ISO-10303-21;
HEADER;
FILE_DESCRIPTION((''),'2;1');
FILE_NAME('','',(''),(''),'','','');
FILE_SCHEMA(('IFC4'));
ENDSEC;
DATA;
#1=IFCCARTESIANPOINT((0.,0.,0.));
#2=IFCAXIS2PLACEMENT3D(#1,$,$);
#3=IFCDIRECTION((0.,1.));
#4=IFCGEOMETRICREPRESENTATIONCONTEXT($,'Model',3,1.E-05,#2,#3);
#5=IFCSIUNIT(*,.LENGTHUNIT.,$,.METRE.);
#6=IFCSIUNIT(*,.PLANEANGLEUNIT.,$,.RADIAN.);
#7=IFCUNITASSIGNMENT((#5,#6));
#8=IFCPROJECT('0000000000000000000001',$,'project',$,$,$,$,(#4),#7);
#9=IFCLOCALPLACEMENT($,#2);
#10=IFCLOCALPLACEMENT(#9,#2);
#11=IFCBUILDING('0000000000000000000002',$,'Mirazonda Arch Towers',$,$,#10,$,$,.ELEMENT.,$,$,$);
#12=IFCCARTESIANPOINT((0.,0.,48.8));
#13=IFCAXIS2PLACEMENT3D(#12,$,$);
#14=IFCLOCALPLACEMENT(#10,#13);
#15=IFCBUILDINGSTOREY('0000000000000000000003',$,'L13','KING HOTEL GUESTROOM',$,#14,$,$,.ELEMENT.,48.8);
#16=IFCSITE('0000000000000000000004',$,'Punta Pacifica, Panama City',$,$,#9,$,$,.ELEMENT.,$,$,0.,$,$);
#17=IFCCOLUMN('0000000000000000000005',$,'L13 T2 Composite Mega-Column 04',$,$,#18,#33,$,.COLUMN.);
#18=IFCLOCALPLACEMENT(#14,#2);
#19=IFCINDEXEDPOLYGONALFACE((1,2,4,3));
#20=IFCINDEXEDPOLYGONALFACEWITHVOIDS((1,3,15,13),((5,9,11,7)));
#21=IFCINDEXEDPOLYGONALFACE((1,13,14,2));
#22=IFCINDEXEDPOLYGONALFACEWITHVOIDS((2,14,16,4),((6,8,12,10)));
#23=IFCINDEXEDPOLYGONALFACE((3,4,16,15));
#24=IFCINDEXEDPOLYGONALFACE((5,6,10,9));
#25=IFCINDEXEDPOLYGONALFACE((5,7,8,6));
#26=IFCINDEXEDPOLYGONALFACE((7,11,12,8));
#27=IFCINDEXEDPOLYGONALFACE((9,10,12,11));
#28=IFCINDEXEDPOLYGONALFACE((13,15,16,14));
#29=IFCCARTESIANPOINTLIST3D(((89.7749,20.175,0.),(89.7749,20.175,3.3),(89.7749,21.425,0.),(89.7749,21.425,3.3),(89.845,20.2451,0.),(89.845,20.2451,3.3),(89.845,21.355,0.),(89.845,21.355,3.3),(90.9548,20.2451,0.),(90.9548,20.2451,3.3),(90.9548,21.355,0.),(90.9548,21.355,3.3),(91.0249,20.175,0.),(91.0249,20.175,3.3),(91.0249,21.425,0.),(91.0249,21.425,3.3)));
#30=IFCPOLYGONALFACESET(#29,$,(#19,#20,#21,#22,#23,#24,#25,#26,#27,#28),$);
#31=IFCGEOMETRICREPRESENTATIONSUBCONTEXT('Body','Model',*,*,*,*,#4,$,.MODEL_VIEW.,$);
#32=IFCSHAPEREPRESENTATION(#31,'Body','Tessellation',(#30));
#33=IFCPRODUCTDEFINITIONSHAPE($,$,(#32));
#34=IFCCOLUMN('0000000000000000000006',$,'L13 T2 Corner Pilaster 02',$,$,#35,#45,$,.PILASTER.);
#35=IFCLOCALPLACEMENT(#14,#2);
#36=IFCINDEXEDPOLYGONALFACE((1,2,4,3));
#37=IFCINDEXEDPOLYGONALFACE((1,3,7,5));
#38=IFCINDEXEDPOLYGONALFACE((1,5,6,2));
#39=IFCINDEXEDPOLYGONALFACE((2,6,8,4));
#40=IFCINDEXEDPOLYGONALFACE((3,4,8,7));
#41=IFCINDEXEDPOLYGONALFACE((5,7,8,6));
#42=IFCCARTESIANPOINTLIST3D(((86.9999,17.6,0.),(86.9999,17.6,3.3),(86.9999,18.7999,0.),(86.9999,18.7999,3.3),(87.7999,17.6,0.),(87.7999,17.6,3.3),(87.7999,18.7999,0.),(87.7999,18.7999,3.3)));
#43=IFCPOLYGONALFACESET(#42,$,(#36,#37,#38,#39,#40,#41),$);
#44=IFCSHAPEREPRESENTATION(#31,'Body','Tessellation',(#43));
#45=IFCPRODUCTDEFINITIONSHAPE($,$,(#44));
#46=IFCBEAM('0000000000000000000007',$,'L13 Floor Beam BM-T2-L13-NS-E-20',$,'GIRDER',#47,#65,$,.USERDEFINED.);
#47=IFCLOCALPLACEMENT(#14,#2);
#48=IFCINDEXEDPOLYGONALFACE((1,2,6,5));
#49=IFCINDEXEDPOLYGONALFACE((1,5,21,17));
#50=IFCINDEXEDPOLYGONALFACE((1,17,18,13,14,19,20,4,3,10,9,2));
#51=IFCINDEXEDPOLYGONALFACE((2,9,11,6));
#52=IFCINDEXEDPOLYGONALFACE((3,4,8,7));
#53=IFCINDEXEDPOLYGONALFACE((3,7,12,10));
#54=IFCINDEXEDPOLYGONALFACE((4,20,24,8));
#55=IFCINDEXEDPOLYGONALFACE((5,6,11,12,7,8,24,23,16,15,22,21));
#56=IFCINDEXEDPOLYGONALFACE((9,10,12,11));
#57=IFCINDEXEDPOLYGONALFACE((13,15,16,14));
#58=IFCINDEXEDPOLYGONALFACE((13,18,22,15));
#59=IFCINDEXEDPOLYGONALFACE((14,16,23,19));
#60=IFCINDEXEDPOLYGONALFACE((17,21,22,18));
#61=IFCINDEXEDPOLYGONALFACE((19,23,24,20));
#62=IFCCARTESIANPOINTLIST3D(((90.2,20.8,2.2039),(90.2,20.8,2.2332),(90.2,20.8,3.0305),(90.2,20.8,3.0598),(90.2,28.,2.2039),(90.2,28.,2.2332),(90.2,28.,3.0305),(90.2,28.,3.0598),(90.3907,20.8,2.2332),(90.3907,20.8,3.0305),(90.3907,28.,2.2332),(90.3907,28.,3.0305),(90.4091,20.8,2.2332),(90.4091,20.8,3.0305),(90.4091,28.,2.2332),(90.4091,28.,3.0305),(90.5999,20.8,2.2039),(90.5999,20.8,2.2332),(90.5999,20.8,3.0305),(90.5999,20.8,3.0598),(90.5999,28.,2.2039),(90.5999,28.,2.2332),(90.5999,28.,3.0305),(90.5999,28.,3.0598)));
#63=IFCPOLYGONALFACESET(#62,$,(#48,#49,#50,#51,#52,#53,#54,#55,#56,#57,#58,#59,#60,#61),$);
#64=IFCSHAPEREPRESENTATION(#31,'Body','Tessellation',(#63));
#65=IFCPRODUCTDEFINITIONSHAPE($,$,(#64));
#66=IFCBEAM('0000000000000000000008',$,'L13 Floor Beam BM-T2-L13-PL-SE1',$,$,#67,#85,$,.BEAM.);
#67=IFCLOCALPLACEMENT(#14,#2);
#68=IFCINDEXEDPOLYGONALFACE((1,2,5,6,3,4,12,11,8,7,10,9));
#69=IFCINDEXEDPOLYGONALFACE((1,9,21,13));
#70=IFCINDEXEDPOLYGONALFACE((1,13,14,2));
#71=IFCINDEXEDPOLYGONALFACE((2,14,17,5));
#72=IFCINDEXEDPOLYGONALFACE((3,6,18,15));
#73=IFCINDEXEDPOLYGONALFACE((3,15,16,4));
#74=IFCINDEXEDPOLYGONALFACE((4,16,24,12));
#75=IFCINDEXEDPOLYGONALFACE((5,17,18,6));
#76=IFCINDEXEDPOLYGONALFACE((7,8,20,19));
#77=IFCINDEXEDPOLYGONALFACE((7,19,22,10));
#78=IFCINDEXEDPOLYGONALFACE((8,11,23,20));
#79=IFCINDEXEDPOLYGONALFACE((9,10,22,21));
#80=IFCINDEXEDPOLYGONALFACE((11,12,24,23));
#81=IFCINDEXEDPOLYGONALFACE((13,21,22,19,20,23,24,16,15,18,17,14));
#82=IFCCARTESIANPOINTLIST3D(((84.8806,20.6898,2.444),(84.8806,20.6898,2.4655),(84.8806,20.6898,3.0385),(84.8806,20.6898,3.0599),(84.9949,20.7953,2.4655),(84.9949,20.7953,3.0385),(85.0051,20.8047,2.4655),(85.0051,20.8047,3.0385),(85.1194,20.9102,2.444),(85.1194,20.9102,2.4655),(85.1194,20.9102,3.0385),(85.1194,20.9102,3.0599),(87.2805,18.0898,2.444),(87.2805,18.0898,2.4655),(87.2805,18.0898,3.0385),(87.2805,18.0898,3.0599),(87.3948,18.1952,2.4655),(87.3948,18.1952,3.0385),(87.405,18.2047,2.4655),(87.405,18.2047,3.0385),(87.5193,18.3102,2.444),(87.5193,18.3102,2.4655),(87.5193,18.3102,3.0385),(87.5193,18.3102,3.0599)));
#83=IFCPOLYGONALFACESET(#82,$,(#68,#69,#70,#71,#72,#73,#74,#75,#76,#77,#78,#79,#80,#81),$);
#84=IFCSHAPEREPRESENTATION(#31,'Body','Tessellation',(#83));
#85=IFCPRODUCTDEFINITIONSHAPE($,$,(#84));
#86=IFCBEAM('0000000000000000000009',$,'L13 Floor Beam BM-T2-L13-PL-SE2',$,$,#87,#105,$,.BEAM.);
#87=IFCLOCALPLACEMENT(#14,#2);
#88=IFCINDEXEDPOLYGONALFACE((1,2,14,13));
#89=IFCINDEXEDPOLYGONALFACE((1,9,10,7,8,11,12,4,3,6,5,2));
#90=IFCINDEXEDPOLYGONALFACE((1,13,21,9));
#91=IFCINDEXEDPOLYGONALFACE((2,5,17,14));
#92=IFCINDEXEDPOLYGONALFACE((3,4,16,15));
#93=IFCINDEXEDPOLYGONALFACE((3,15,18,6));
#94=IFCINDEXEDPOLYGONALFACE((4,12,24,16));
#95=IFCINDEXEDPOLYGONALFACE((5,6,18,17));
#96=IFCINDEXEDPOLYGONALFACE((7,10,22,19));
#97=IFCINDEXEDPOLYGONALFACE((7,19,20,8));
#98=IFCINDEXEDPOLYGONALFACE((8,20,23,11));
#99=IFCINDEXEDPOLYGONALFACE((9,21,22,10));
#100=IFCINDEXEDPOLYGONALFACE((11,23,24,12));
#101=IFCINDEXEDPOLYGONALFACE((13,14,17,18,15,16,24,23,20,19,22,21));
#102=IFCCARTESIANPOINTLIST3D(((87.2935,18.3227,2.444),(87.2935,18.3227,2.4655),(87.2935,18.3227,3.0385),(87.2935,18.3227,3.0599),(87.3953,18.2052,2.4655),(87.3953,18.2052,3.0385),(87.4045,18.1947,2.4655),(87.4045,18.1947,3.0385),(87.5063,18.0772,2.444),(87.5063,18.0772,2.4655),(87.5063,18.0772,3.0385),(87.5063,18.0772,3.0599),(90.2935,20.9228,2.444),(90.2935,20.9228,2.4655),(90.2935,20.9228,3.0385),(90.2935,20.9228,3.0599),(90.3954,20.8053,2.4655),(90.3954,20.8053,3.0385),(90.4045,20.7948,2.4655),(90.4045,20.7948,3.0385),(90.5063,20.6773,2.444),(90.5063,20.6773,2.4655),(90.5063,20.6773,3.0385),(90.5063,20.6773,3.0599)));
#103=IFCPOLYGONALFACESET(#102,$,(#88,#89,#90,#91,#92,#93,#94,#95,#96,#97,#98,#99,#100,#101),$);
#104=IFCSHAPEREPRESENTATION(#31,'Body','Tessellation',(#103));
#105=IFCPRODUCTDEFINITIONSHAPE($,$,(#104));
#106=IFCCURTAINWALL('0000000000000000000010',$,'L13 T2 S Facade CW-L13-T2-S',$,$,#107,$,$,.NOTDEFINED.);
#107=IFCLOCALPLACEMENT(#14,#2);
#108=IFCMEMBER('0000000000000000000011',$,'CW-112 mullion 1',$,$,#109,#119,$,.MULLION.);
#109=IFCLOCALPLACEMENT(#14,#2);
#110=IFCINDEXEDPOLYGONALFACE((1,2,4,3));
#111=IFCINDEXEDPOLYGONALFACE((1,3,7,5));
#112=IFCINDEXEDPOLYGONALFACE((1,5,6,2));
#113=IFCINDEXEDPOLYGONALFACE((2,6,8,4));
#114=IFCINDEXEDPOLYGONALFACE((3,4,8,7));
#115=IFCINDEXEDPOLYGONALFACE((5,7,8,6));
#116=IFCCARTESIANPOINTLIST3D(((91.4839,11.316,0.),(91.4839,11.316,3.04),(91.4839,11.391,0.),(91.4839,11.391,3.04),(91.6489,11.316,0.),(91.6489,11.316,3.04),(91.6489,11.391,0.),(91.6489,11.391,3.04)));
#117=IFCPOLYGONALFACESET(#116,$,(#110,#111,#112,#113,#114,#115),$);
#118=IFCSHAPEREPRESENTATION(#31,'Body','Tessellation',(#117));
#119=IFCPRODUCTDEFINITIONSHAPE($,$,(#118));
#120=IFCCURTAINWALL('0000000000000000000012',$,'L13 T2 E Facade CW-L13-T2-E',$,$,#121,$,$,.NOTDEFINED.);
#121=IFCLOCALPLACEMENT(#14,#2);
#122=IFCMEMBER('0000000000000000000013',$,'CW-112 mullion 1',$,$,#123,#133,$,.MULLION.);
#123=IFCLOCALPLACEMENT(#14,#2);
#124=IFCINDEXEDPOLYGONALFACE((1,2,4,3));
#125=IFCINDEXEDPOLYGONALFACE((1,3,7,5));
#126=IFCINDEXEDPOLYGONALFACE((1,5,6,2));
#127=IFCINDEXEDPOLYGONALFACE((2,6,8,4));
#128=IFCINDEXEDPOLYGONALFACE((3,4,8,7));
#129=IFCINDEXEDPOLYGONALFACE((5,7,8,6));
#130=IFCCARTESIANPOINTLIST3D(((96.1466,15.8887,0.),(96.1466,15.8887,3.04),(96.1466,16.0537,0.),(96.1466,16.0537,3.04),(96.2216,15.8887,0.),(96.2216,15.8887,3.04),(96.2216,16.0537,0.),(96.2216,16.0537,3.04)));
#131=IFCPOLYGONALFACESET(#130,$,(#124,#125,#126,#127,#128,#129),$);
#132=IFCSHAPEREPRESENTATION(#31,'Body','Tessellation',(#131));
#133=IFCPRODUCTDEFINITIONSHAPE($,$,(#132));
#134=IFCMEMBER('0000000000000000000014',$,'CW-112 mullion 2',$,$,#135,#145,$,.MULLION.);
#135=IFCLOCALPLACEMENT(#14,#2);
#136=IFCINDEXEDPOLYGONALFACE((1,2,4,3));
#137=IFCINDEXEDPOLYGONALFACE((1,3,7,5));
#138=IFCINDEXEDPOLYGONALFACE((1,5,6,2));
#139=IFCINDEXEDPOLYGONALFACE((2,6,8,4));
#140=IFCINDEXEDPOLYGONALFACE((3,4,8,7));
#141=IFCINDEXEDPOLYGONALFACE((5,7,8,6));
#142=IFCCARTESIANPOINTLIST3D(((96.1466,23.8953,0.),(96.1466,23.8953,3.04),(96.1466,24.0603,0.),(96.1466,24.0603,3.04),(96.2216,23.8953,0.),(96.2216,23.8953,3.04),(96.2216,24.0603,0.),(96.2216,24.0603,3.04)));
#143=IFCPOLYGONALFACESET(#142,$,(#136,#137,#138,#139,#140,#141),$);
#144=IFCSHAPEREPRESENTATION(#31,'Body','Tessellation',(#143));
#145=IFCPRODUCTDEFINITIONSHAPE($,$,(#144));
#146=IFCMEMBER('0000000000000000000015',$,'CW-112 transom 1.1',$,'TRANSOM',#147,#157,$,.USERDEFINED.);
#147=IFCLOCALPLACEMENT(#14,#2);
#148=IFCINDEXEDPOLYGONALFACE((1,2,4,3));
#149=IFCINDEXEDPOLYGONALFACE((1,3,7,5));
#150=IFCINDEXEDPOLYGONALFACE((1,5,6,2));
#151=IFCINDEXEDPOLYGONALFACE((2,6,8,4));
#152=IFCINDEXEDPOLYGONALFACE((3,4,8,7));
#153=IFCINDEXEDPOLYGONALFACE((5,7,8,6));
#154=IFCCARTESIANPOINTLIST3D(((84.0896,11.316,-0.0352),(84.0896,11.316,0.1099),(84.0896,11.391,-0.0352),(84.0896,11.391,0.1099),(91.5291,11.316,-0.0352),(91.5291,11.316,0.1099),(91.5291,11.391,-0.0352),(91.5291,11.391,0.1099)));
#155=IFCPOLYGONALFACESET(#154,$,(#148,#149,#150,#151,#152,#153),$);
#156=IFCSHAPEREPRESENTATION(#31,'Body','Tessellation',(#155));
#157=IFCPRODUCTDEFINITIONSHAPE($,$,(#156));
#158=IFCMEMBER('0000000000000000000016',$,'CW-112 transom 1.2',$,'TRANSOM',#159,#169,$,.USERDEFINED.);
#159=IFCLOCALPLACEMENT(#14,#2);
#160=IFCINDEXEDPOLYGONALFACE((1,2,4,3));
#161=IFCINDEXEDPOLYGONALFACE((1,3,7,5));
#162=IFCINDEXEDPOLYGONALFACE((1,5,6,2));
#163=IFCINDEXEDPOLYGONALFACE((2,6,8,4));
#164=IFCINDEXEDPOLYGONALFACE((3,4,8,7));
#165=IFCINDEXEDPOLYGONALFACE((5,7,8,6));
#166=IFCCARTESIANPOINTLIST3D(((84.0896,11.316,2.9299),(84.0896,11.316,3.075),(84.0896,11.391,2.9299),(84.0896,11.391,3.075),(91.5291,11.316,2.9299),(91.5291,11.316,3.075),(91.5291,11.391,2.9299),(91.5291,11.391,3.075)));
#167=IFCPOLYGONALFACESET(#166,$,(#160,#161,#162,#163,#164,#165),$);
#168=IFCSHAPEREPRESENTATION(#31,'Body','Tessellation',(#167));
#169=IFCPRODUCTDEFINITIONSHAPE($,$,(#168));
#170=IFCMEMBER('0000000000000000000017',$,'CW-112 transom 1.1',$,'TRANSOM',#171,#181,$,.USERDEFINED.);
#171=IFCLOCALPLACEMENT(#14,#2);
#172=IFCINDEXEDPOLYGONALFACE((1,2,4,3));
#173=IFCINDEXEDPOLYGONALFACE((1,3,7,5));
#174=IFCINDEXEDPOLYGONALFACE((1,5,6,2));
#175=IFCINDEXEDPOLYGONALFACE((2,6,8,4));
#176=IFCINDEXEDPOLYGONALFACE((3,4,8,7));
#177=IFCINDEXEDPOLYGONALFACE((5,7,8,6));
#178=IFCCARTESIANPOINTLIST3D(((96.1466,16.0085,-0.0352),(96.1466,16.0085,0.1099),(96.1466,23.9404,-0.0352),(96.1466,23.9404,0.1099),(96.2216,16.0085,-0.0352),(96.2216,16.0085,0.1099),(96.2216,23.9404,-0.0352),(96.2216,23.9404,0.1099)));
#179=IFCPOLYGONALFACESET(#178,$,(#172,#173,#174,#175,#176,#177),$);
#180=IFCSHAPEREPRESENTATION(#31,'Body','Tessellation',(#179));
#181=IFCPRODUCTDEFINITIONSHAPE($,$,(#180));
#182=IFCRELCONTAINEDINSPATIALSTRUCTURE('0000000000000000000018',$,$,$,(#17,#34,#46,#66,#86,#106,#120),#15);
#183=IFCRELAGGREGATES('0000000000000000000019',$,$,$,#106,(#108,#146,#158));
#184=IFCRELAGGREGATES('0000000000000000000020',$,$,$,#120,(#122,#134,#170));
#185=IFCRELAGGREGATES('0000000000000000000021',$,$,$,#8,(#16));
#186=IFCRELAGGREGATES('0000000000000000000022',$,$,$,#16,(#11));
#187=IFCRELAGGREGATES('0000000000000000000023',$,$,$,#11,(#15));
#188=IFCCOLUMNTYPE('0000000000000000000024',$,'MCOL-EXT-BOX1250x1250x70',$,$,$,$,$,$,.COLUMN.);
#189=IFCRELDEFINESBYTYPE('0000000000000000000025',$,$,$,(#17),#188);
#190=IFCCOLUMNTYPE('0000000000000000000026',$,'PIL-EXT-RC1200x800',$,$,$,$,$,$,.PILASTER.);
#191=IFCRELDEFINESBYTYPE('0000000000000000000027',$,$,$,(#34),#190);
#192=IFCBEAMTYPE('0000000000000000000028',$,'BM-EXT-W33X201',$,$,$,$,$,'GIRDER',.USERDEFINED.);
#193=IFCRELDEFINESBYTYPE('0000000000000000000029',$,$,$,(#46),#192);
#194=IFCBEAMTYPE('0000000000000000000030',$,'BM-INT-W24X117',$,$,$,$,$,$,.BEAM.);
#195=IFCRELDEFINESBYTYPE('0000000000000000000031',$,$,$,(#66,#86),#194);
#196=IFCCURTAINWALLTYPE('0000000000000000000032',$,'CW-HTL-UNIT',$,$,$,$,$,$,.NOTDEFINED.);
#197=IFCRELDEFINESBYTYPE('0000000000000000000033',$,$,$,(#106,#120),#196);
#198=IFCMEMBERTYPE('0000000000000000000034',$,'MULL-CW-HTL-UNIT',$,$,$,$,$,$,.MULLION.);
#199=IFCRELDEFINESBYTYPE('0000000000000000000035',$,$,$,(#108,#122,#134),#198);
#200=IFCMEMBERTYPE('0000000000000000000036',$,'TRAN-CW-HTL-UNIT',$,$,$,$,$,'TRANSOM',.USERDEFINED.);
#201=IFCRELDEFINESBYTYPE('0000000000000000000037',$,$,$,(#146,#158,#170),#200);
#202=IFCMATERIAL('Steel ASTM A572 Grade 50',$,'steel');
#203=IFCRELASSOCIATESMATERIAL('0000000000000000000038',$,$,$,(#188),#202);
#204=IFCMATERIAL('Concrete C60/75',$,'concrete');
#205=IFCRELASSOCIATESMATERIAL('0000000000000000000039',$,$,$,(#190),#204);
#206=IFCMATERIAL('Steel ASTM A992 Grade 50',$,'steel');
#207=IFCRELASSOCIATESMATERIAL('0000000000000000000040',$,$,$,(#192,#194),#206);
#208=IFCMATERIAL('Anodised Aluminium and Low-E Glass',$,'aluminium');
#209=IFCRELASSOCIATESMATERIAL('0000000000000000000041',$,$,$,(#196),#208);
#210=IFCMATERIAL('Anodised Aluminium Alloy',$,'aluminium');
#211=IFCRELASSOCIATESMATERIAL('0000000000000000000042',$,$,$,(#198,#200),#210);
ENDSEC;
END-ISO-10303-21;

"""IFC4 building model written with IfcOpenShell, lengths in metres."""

from ifc_helpers import new_model, si_unit, direction, frame, origin, origin_2d, place, context, subcontext, project, spatial, rectangle, hollow_rectangle, i_section, extrude, material, material_profile, profile_set, type_object, element, aggregate, save


model = new_model("IFC4")

# Units and contexts
model_context = context("Model", 3, precision=1e-05, world=origin(), true_north=direction((0.0, 1.0)))
body_context = subcontext(model_context, "Body", "Model", "MODEL_VIEW")
ifc_project = project(units=[si_unit("LENGTHUNIT", "METRE"), si_unit("PLANEANGLEUNIT", "RADIAN")], contexts=[model_context])

# Site, building, storey
site_placement = place(None, origin())
site = spatial("IfcSite", under=ifc_project, at=site_placement, Name="Punta Pacifica, Panama City", CompositionType="ELEMENT", RefElevation=0.0)
building_placement = place(site_placement, origin())
building = spatial("IfcBuilding", under=site, at=building_placement, Name="Mirazonda Arch Towers", CompositionType="ELEMENT")
storey_placement = place(building_placement, frame((0.0, 0.0, 48.8)))
storey = spatial("IfcBuildingStorey", under=building, at=storey_placement, Name="L13", Description="KING HOTEL GUESTROOM", CompositionType="ELEMENT", Elevation=48.8)

# Columns
ifc_material_1 = material(Name="Steel ASTM A572 Grade 50", Category="steel")
ifc_material_profile_1 = material_profile(ifc_material_1, hollow_rectangle(XDim=1.25, YDim=1.25, WallThickness=0.0701, at=origin_2d()), Name="BOX1250x1250x70")
ifc_profile_set_1 = profile_set([ifc_material_profile_1], Name="Steel ASTM A572 Grade 50")
column_type_1 = type_object("IfcColumnType", Name="MCOL-EXT-BOX1250x1250x70", PredefinedType="COLUMN", material=ifc_profile_set_1)
column_1_placement = place(storey_placement, frame((90.3999, 20.8, 0.0), z_axis=(0.0, 0.0, 1.0), x_axis=(1.0, 0.0, 0.0)))
element("IfcColumn", 1, at=column_1_placement, inside=storey, type_object=column_type_1, Name="L13 T2 Composite Mega-Column 04", PredefinedType="COLUMN", context=body_context, shape_type="SweptSolid", body=[
    extrude(hollow_rectangle(XDim=1.25, YDim=1.25, WallThickness=0.0701, at=origin_2d()), origin(), (0.0, 0.0, 1.0), 3.3),
])
ifc_material_2 = material(Name="Concrete C60/75", Category="concrete")
ifc_material_profile_2 = material_profile(ifc_material_2, rectangle(XDim=0.8, YDim=1.2, at=origin_2d()), Name="RC1200x800")
ifc_profile_set_2 = profile_set([ifc_material_profile_2], Name="Concrete C60/75")
column_type_2 = type_object("IfcColumnType", Name="PIL-EXT-RC1200x800", PredefinedType="PILASTER", material=ifc_profile_set_2)
column_2_placement = place(storey_placement, frame((87.3999, 18.2, 0.0), z_axis=(0.0, 0.0, 1.0), x_axis=(1.0, 0.0, 0.0)))
element("IfcColumn", 2, at=column_2_placement, inside=storey, type_object=column_type_2, Name="L13 T2 Corner Pilaster 02", PredefinedType="PILASTER", context=body_context, shape_type="SweptSolid", body=[
    extrude(rectangle(XDim=0.8, YDim=1.2, at=origin_2d()), origin(), (0.0, 0.0, 1.0), 3.3),
])

# Beams
ifc_material_3 = material(Name="Steel ASTM A992 Grade 50", Category="steel")
ifc_material_profile_3 = material_profile(ifc_material_3, i_section(OverallWidth=0.3999, OverallDepth=0.856, WebThickness=0.0183, FlangeThickness=0.0293, at=origin_2d()), Name="W33X201")
ifc_profile_set_3 = profile_set([ifc_material_profile_3], Name="Steel ASTM A992 Grade 50")
beam_type_1 = type_object("IfcBeamType", Name="BM-EXT-W33X201", ElementType="GIRDER", PredefinedType="USERDEFINED", material=ifc_profile_set_3)
beam_1_placement = place(storey_placement, frame((90.3999, 20.8, 2.6318), z_axis=(0.0, 1.0, 0.0), x_axis=(-1.0, 0.0, 0.0)))
element("IfcBeam", 3, at=beam_1_placement, inside=storey, type_object=beam_type_1, Name="L13 Floor Beam BM-T2-L13-NS-E-20", ObjectType="GIRDER", PredefinedType="USERDEFINED", context=body_context, shape_type="SweptSolid", body=[
    extrude(i_section(OverallWidth=0.3999, OverallDepth=0.856, WebThickness=0.0183, FlangeThickness=0.0293, at=origin_2d()), origin(), (0.0, 0.0, 1.0), 7.2),
])
ifc_material_profile_4 = material_profile(ifc_material_3, i_section(OverallWidth=0.325, OverallDepth=0.616, WebThickness=0.0139, FlangeThickness=0.0215, at=origin_2d()), Name="W24X117")
ifc_profile_set_4 = profile_set([ifc_material_profile_4], Name="Steel ASTM A992 Grade 50")
beam_type_2 = type_object("IfcBeamType", Name="BM-INT-W24X117", PredefinedType="BEAM", material=ifc_profile_set_4)
beam_2_placement = place(storey_placement, frame((87.3999, 18.2, 2.752), z_axis=(-0.678251, 0.73483, 0.0), x_axis=(-0.73483, -0.678251, 0.0)))
element("IfcBeam", 4, at=beam_2_placement, inside=storey, type_object=beam_type_2, Name="L13 Floor Beam BM-T2-L13-PL-SE1", PredefinedType="BEAM", context=body_context, shape_type="SweptSolid", body=[
    extrude(i_section(OverallWidth=0.325, OverallDepth=0.616, WebThickness=0.0139, FlangeThickness=0.0215, at=origin_2d()), origin(), (0.0, 0.0, 1.0), 3.5383),
])
beam_3_placement = place(storey_placement, frame((87.3999, 18.2, 2.752), z_axis=(0.755677, 0.654945, 0.0), x_axis=(-0.654945, 0.755677, 0.0)))
element("IfcBeam", 5, at=beam_3_placement, inside=storey, type_object=beam_type_2, Name="L13 Floor Beam BM-T2-L13-PL-SE2", PredefinedType="BEAM", context=body_context, shape_type="SweptSolid", body=[
    extrude(i_section(OverallWidth=0.325, OverallDepth=0.616, WebThickness=0.0139, FlangeThickness=0.0215, at=origin_2d()), origin(), (0.0, 0.0, 1.0), 3.97),
])

# Curtain wall, member
ifc_material_4 = material(Name="Anodised Aluminium and Low-E Glass", Category="aluminium")
curtain_wall_type = type_object("IfcCurtainWallType", Name="CW-HTL-UNIT", PredefinedType="NOTDEFINED", material=ifc_material_4)
curtain_wall_1_placement = place(storey_placement, origin())
curtain_wall_1 = element("IfcCurtainWall", 6, at=curtain_wall_1_placement, inside=storey, type_object=curtain_wall_type, Name="L13 T2 S Facade CW-L13-T2-S", PredefinedType="NOTDEFINED")
ifc_material_5 = material(Name="Anodised Aluminium Alloy", Category="aluminium")
ifc_material_profile_5 = material_profile(ifc_material_5, rectangle(XDim=0.075, YDim=0.165, at=origin_2d()), Name="ALU-MULL-75x165")
ifc_profile_set_5 = profile_set([ifc_material_profile_5], Name="Anodised Aluminium Alloy")
member_type_1 = type_object("IfcMemberType", Name="MULL-CW-HTL-UNIT", PredefinedType="MULLION", material=ifc_profile_set_5)
member_1_placement = place(storey_placement, frame((91.5664, 11.3535, 0.0), z_axis=(0.0, 0.0, 1.0), x_axis=(0.0, -1.0, 0.0)))
member_1 = element("IfcMember", 7, at=member_1_placement, type_object=member_type_1, Name="CW-112 mullion 1", PredefinedType="MULLION", context=body_context, shape_type="SweptSolid", body=[
    extrude(rectangle(XDim=0.075, YDim=0.165, at=origin_2d()), origin(), (0.0, 0.0, 1.0), 3.04),
])

# Curtain wall, members
curtain_wall_2_placement = place(storey_placement, origin())
curtain_wall_2 = element("IfcCurtainWall", 8, at=curtain_wall_2_placement, inside=storey, type_object=curtain_wall_type, Name="L13 T2 E Facade CW-L13-T2-E", PredefinedType="NOTDEFINED")
member_2_placement = place(storey_placement, frame((96.1841, 15.9712, 0.0), z_axis=(0.0, 0.0, 1.0), x_axis=(-1.0, 0.0, 0.0)))
member_2 = element("IfcMember", 9, at=member_2_placement, type_object=member_type_1, Name="CW-112 mullion 1", PredefinedType="MULLION", context=body_context, shape_type="SweptSolid", body=[
    extrude(rectangle(XDim=0.075, YDim=0.165, at=origin_2d()), origin(), (0.0, 0.0, 1.0), 3.04),
])
member_3_placement = place(storey_placement, frame((96.1841, 23.9778, 0.0), z_axis=(0.0, 0.0, 1.0), x_axis=(-1.0, 0.0, 0.0)))
member_3 = element("IfcMember", 10, at=member_3_placement, type_object=member_type_1, Name="CW-112 mullion 2", PredefinedType="MULLION", context=body_context, shape_type="SweptSolid", body=[
    extrude(rectangle(XDim=0.075, YDim=0.165, at=origin_2d()), origin(), (0.0, 0.0, 1.0), 3.04),
])

# Members
ifc_material_profile_6 = material_profile(ifc_material_5, rectangle(XDim=0.075, YDim=0.145, at=origin_2d()), Name="ALU-TRAN-75x145")
ifc_profile_set_6 = profile_set([ifc_material_profile_6], Name="Anodised Aluminium Alloy")
member_type_2 = type_object("IfcMemberType", Name="TRAN-CW-HTL-UNIT", ElementType="TRANSOM", PredefinedType="USERDEFINED", material=ifc_profile_set_6)
member_4_placement = place(storey_placement, frame((91.5291, 11.3535, 0.0374), z_axis=(-1.0, 0.0, 0.0), x_axis=(0.0, -1.0, 0.0)))
member_4 = element("IfcMember", 11, at=member_4_placement, type_object=member_type_2, Name="CW-112 transom 1.1", ObjectType="TRANSOM", PredefinedType="USERDEFINED", context=body_context, shape_type="SweptSolid", body=[
    extrude(rectangle(XDim=0.075, YDim=0.145, at=origin_2d()), origin(), (0.0, 0.0, 1.0), 7.4395),
])
member_5_placement = place(storey_placement, frame((91.5291, 11.3535, 3.0024), z_axis=(-1.0, 0.0, 0.0), x_axis=(0.0, -1.0, 0.0)))
member_5 = element("IfcMember", 12, at=member_5_placement, type_object=member_type_2, Name="CW-112 transom 1.2", ObjectType="TRANSOM", PredefinedType="USERDEFINED", context=body_context, shape_type="SweptSolid", body=[
    extrude(rectangle(XDim=0.075, YDim=0.145, at=origin_2d()), origin(), (0.0, 0.0, 1.0), 7.4395),
])
member_6_placement = place(storey_placement, frame((96.1841, 16.0085, 0.0374), z_axis=(0.0, 1.0, 0.0), x_axis=(-1.0, 0.0, 0.0)))
member_6 = element("IfcMember", 13, at=member_6_placement, type_object=member_type_2, Name="CW-112 transom 1.1", ObjectType="TRANSOM", PredefinedType="USERDEFINED", context=body_context, shape_type="SweptSolid", body=[
    extrude(rectangle(XDim=0.075, YDim=0.145, at=origin_2d()), origin(), (0.0, 0.0, 1.0), 7.9319),
])

aggregate(curtain_wall_1, [member_1, member_4, member_5])
aggregate(curtain_wall_2, [member_2, member_3, member_6])

save(model, "model.ifc")
